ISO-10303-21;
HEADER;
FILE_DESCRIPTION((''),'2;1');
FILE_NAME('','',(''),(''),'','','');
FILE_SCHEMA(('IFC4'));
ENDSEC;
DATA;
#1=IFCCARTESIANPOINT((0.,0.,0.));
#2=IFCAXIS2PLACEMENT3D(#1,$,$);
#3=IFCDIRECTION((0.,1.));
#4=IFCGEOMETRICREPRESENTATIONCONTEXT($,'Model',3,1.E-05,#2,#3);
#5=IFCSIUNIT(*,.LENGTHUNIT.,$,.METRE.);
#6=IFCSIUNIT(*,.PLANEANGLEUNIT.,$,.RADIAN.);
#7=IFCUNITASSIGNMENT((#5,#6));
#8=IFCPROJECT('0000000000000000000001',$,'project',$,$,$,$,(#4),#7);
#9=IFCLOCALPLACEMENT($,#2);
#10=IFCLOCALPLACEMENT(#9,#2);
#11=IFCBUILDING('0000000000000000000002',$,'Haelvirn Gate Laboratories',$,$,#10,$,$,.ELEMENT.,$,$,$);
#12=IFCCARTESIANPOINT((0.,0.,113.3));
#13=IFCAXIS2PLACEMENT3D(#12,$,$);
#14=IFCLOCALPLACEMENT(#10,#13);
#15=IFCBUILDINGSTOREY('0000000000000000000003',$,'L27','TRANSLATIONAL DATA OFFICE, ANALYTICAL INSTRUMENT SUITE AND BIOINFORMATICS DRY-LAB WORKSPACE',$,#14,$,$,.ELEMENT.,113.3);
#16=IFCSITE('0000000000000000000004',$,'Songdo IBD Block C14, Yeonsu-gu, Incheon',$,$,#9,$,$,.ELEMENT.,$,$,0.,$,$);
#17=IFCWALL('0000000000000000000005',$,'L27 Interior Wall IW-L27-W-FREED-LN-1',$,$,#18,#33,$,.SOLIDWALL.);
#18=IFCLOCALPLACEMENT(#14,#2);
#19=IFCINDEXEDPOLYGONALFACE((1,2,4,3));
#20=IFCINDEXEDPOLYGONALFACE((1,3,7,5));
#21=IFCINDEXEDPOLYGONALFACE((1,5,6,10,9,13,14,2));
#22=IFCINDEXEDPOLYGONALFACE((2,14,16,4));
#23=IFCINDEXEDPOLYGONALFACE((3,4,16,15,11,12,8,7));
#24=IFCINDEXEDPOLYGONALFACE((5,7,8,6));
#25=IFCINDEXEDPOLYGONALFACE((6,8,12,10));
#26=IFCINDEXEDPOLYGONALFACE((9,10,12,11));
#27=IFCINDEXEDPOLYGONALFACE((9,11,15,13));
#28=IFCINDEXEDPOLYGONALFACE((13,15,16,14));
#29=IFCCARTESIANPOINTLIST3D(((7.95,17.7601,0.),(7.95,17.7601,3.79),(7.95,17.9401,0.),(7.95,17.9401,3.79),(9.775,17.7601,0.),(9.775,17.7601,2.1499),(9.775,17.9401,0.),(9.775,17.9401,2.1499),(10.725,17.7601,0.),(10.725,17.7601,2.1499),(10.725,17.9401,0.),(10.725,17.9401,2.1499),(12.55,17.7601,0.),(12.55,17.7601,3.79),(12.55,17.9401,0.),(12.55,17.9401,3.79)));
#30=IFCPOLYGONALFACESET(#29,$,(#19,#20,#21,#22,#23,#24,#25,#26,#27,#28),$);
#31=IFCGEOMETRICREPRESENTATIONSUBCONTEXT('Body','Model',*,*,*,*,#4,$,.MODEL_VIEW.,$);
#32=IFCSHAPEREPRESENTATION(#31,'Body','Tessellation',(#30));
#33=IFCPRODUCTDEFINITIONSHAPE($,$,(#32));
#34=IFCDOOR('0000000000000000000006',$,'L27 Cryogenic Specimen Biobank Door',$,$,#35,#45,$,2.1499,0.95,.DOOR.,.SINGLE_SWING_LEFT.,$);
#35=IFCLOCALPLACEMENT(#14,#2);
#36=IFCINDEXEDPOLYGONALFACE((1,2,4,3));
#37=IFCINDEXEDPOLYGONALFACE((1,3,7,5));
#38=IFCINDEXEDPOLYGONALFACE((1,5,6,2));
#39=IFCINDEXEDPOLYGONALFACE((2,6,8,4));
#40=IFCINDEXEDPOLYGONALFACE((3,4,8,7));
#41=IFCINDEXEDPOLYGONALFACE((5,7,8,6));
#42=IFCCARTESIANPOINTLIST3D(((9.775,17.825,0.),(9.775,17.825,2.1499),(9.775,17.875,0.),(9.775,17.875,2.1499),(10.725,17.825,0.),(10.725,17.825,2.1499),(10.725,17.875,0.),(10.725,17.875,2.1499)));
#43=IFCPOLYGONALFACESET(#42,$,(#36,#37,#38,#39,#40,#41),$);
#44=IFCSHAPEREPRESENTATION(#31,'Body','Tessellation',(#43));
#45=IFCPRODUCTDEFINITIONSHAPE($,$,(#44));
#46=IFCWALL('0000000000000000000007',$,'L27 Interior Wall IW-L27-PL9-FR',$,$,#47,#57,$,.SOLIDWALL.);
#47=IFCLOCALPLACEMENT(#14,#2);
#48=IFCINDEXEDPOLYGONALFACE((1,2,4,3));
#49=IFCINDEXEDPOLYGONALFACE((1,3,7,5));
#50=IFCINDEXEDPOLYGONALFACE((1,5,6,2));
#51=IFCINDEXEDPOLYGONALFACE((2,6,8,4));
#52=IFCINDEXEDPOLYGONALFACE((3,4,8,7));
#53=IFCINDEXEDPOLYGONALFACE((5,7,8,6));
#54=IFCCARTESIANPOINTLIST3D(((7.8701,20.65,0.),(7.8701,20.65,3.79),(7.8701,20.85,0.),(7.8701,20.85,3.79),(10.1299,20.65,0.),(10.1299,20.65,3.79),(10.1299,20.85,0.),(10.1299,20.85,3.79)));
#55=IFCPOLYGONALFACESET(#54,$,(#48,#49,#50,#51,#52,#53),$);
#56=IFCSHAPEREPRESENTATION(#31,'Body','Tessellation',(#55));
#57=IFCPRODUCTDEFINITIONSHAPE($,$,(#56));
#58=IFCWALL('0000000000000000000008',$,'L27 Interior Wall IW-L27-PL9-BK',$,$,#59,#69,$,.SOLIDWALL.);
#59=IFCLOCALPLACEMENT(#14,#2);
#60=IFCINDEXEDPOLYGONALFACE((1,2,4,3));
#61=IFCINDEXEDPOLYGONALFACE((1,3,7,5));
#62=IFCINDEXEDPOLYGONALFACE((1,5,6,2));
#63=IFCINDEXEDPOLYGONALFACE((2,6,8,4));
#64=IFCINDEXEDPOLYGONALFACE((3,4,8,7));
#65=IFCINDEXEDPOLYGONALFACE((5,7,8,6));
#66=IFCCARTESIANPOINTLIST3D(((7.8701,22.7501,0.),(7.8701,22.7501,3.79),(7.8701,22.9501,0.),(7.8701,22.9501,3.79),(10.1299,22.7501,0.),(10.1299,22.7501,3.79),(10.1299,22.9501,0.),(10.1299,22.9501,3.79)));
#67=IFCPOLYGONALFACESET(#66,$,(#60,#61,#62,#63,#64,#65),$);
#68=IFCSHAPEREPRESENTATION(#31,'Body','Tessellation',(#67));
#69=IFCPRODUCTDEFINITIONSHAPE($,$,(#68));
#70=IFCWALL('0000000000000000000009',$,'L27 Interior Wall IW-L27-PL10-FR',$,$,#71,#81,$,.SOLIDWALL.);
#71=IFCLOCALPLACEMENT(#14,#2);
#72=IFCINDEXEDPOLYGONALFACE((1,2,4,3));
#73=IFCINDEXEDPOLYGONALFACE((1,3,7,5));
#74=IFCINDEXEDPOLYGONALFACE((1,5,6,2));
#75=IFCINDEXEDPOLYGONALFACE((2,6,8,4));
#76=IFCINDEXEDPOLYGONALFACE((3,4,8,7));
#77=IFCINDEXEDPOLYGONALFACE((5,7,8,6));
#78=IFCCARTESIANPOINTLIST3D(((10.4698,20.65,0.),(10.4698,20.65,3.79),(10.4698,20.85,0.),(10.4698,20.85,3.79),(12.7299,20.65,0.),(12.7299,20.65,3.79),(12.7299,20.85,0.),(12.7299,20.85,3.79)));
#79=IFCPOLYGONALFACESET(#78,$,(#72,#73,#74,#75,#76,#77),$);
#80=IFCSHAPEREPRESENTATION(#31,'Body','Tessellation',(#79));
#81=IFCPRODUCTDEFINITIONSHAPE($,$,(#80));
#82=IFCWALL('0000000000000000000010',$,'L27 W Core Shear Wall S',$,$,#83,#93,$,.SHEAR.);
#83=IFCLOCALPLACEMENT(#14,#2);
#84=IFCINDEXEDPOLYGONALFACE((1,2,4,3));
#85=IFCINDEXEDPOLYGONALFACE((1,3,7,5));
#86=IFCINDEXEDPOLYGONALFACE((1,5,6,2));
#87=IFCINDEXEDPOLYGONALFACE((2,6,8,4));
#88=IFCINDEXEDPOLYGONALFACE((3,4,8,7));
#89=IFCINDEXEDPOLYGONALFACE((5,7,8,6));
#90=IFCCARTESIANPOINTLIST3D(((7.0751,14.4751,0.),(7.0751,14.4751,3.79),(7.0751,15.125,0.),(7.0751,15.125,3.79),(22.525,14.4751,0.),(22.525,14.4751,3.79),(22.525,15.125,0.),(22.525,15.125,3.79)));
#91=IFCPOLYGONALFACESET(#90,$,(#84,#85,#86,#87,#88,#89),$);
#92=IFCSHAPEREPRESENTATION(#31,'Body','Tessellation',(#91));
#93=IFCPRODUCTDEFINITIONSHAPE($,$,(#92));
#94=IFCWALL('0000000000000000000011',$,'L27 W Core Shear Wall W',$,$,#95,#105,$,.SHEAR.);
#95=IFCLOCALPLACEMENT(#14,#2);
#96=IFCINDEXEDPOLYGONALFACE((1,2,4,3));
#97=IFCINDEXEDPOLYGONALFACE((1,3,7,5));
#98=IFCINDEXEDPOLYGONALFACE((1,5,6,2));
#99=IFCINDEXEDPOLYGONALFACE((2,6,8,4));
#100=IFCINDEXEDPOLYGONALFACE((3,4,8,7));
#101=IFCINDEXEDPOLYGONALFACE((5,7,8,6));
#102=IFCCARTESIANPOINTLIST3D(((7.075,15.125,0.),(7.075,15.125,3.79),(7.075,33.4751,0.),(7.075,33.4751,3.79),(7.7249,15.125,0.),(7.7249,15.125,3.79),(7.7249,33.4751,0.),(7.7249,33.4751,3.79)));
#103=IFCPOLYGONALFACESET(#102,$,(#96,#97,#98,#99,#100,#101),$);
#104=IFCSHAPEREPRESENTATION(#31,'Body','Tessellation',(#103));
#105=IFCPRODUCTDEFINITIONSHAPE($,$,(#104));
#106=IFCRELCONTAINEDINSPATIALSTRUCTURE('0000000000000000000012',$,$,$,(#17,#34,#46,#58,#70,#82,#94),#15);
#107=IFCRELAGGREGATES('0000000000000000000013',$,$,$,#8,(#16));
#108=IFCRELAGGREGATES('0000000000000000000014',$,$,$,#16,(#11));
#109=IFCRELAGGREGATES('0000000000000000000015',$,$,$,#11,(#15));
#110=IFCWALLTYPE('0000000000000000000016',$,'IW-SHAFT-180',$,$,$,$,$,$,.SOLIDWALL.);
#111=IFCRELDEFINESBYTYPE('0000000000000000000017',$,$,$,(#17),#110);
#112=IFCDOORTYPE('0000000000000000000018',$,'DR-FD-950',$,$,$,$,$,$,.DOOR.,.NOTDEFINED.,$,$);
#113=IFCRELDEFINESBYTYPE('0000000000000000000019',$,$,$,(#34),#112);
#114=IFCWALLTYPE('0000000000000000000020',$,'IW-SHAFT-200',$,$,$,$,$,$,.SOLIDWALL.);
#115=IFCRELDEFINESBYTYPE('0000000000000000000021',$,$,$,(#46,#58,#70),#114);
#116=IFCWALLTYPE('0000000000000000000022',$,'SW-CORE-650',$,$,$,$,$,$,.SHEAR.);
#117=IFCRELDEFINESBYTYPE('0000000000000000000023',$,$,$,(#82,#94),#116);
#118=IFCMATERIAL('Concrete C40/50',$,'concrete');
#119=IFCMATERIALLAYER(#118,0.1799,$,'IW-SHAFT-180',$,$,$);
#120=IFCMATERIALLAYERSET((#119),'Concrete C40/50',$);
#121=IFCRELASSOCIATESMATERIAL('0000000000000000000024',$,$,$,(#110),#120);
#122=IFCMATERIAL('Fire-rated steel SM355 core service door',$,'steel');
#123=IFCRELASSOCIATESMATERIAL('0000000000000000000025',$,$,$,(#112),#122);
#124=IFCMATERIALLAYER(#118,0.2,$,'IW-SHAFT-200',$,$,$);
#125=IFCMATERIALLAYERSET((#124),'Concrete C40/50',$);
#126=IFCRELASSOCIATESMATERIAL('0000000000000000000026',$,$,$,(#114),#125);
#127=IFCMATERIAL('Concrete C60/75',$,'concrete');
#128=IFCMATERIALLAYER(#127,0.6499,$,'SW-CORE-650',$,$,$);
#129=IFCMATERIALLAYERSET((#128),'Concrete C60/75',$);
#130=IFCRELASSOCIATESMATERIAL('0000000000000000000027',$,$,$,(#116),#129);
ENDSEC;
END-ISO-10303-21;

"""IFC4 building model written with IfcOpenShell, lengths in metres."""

from ifc_helpers import new_model, si_unit, direction, frame, frame_2d, origin, place, context, subcontext, project, spatial, rectangle, extrude, source, transform, mapped, material, layer, layer_set, type_object, type_shapes, element, fill, save


model = new_model("IFC4")

# Units and contexts
model_context = context("Model", 3, precision=1e-05, world=origin(), true_north=direction((0.0, 1.0)))
body_context = subcontext(model_context, "Body", "Model", "MODEL_VIEW")
ifc_project = project(units=[si_unit("LENGTHUNIT", "METRE"), si_unit("PLANEANGLEUNIT", "RADIAN")], contexts=[model_context])

# Site, building, storey
site_placement = place(None, origin())
site = spatial("IfcSite", under=ifc_project, at=site_placement, Name="Songdo IBD Block C14, Yeonsu-gu, Incheon", CompositionType="ELEMENT", RefElevation=0.0)
building_placement = place(site_placement, origin())
building = spatial("IfcBuilding", under=site, at=building_placement, Name="Haelvirn Gate Laboratories", CompositionType="ELEMENT")
storey_placement = place(building_placement, frame((0.0, 0.0, 113.3)))
storey = spatial("IfcBuildingStorey", under=building, at=storey_placement, Name="L27", Description="TRANSLATIONAL DATA OFFICE, ANALYTICAL INSTRUMENT SUITE AND BIOINFORMATICS DRY-LAB WORKSPACE", CompositionType="ELEMENT", Elevation=113.3)

# Shared definitions
ifc_material_1 = material(Name="Concrete C60/75", Category="concrete")

# Shared definitions
ifc_material_2 = material(Name="Concrete C40/50", Category="concrete")
ifc_layer_1 = layer(ifc_material_2, 0.1799, Name="IW-SHAFT-180")
ifc_layer_set_1 = layer_set([ifc_layer_1], Name="Concrete C40/50")
wall_type_1 = type_object("IfcWallType", Name="IW-SHAFT-180", PredefinedType="SOLIDWALL", material=ifc_layer_set_1)

# Wall, opening, door
wall_1_placement = place(storey_placement, frame((7.95, 17.8501, 0.0), z_axis=(0.0, 0.0, 1.0), x_axis=(1.0, 0.0, 0.0)))
wall_1 = element("IfcWall", 1, at=wall_1_placement, inside=storey, type_object=wall_type_1, Name="L27 Interior Wall IW-L27-W-FREED-LN-1", PredefinedType="SOLIDWALL", context=body_context, shape_type="SweptSolid", body=[
    extrude(rectangle(XDim=4.6001, YDim=0.1799, at=frame_2d((2.3, 0.0))), origin(), (0.0, 0.0, 1.0), 3.79),
])
opening_1_placement = place(wall_1_placement, frame((1.825, 0.0, 0.0)))
opening_1 = element("IfcOpeningElement", 2, at=opening_1_placement, cuts=wall_1, PredefinedType="OPENING", context=body_context, shape_type="SweptSolid", body=[
    extrude(rectangle(XDim=0.95, YDim=2.1499, at=frame_2d((0.4751, 1.075))), frame((0.0, 0.1001, 0.0), z_axis=(0.0, -1.0, 0.0), x_axis=(1.0, 0.0, 0.0)), (0.0, 0.0, 1.0), 0.2),
])
ifc_material_3 = material(Name="Fire-rated steel SM355 core service door", Category="steel")
door_type_1 = type_object("IfcDoorType", Name="DR-FD-950", OperationType="NOTDEFINED", PredefinedType="DOOR", material=ifc_material_3)
shared_shape_1 = source(origin(), body_context, "Body", "SweptSolid", [
    extrude(rectangle(XDim=0.95, YDim=2.1499, at=frame_2d((0.4751, 1.075))), frame((0.0, 0.0249, 0.0), z_axis=(0.0, -1.0, 0.0), x_axis=(1.0, 0.0, 0.0)), (0.0, 0.0, 1.0), 0.05),
])
type_shapes(door_type_1, [shared_shape_1])
door_1_placement = place(opening_1_placement, origin())
door_1 = element("IfcDoor", 3, at=door_1_placement, inside=storey, type_object=door_type_1, Name="L27 Cryogenic Specimen Biobank Door", OperationType="SINGLE_SWING_LEFT", OverallHeight=2.1499, OverallWidth=0.95, PredefinedType="DOOR", context=body_context, shape_type="MappedRepresentation", body=[
    mapped(shared_shape_1, transform((0.0, 0.0, 0.0), scale=1.0)),
])
fill(opening_1, door_1)

# Walls
ifc_layer_2 = layer(ifc_material_2, 0.2, Name="IW-SHAFT-200")
ifc_layer_set_2 = layer_set([ifc_layer_2], Name="Concrete C40/50")
wall_type_2 = type_object("IfcWallType", Name="IW-SHAFT-200", PredefinedType="SOLIDWALL", material=ifc_layer_set_2)
for number, where, z_axis, x_axis, name in (
    (4, (7.8701, 20.75, 0.0), (0.0, 0.0, 1.0), (1.0, 0.0, 0.0), "L27 Interior Wall IW-L27-PL9-FR"),
    (5, (7.8701, 22.8501, 0.0), (0.0, 0.0, 1.0), (1.0, 0.0, 0.0), "L27 Interior Wall IW-L27-PL9-BK"),
):
    element("IfcWall", number, at=place(storey_placement, frame(where, z_axis=z_axis, x_axis=x_axis)), inside=storey, type_object=wall_type_2, Name=name, PredefinedType="SOLIDWALL", context=body_context, shape_type="SweptSolid", body=[
        extrude(rectangle(XDim=2.2598, YDim=0.2, at=frame_2d((1.1299, 0.0))), origin(), (0.0, 0.0, 1.0), 3.79),
    ])
wall_2_placement = place(storey_placement, frame((10.47, 20.75, 0.0), z_axis=(0.0, 0.0, 1.0), x_axis=(1.0, 0.0, 0.0)))
element("IfcWall", 6, at=wall_2_placement, inside=storey, type_object=wall_type_2, Name="L27 Interior Wall IW-L27-PL10-FR", PredefinedType="SOLIDWALL", context=body_context, shape_type="SweptSolid", body=[
    extrude(rectangle(XDim=2.26, YDim=0.2, at=frame_2d((1.1299, 0.0))), origin(), (0.0, 0.0, 1.0), 3.79),
])
ifc_layer_3 = layer(ifc_material_1, 0.6499, Name="SW-CORE-650")
ifc_layer_set_3 = layer_set([ifc_layer_3], Name="Concrete C60/75")
wall_type_3 = type_object("IfcWallType", Name="SW-CORE-650", PredefinedType="SHEAR", material=ifc_layer_set_3)
wall_3_placement = place(storey_placement, frame((7.075, 14.8, 0.0), z_axis=(0.0, 0.0, 1.0), x_axis=(1.0, 0.0, 0.0)))
element("IfcWall", 7, at=wall_3_placement, inside=storey, type_object=wall_type_3, Name="L27 W Core Shear Wall S", PredefinedType="SHEAR", context=body_context, shape_type="SweptSolid", body=[
    extrude(rectangle(XDim=15.45, YDim=0.6499, at=frame_2d((7.7251, 0.0))), origin(), (0.0, 0.0, 1.0), 3.79),
])
wall_4_placement = place(storey_placement, frame((7.3999, 15.125, 0.0), z_axis=(0.0, 0.0, 1.0), x_axis=(0.0, 1.0, 0.0)))
element("IfcWall", 8, at=wall_4_placement, inside=storey, type_object=wall_type_3, Name="L27 W Core Shear Wall W", PredefinedType="SHEAR", context=body_context, shape_type="SweptSolid", body=[
    extrude(rectangle(XDim=18.3501, YDim=0.6499, at=frame_2d((9.175, 0.0))), origin(), (0.0, 0.0, 1.0), 3.79),
])

save(model, "model.ifc")
